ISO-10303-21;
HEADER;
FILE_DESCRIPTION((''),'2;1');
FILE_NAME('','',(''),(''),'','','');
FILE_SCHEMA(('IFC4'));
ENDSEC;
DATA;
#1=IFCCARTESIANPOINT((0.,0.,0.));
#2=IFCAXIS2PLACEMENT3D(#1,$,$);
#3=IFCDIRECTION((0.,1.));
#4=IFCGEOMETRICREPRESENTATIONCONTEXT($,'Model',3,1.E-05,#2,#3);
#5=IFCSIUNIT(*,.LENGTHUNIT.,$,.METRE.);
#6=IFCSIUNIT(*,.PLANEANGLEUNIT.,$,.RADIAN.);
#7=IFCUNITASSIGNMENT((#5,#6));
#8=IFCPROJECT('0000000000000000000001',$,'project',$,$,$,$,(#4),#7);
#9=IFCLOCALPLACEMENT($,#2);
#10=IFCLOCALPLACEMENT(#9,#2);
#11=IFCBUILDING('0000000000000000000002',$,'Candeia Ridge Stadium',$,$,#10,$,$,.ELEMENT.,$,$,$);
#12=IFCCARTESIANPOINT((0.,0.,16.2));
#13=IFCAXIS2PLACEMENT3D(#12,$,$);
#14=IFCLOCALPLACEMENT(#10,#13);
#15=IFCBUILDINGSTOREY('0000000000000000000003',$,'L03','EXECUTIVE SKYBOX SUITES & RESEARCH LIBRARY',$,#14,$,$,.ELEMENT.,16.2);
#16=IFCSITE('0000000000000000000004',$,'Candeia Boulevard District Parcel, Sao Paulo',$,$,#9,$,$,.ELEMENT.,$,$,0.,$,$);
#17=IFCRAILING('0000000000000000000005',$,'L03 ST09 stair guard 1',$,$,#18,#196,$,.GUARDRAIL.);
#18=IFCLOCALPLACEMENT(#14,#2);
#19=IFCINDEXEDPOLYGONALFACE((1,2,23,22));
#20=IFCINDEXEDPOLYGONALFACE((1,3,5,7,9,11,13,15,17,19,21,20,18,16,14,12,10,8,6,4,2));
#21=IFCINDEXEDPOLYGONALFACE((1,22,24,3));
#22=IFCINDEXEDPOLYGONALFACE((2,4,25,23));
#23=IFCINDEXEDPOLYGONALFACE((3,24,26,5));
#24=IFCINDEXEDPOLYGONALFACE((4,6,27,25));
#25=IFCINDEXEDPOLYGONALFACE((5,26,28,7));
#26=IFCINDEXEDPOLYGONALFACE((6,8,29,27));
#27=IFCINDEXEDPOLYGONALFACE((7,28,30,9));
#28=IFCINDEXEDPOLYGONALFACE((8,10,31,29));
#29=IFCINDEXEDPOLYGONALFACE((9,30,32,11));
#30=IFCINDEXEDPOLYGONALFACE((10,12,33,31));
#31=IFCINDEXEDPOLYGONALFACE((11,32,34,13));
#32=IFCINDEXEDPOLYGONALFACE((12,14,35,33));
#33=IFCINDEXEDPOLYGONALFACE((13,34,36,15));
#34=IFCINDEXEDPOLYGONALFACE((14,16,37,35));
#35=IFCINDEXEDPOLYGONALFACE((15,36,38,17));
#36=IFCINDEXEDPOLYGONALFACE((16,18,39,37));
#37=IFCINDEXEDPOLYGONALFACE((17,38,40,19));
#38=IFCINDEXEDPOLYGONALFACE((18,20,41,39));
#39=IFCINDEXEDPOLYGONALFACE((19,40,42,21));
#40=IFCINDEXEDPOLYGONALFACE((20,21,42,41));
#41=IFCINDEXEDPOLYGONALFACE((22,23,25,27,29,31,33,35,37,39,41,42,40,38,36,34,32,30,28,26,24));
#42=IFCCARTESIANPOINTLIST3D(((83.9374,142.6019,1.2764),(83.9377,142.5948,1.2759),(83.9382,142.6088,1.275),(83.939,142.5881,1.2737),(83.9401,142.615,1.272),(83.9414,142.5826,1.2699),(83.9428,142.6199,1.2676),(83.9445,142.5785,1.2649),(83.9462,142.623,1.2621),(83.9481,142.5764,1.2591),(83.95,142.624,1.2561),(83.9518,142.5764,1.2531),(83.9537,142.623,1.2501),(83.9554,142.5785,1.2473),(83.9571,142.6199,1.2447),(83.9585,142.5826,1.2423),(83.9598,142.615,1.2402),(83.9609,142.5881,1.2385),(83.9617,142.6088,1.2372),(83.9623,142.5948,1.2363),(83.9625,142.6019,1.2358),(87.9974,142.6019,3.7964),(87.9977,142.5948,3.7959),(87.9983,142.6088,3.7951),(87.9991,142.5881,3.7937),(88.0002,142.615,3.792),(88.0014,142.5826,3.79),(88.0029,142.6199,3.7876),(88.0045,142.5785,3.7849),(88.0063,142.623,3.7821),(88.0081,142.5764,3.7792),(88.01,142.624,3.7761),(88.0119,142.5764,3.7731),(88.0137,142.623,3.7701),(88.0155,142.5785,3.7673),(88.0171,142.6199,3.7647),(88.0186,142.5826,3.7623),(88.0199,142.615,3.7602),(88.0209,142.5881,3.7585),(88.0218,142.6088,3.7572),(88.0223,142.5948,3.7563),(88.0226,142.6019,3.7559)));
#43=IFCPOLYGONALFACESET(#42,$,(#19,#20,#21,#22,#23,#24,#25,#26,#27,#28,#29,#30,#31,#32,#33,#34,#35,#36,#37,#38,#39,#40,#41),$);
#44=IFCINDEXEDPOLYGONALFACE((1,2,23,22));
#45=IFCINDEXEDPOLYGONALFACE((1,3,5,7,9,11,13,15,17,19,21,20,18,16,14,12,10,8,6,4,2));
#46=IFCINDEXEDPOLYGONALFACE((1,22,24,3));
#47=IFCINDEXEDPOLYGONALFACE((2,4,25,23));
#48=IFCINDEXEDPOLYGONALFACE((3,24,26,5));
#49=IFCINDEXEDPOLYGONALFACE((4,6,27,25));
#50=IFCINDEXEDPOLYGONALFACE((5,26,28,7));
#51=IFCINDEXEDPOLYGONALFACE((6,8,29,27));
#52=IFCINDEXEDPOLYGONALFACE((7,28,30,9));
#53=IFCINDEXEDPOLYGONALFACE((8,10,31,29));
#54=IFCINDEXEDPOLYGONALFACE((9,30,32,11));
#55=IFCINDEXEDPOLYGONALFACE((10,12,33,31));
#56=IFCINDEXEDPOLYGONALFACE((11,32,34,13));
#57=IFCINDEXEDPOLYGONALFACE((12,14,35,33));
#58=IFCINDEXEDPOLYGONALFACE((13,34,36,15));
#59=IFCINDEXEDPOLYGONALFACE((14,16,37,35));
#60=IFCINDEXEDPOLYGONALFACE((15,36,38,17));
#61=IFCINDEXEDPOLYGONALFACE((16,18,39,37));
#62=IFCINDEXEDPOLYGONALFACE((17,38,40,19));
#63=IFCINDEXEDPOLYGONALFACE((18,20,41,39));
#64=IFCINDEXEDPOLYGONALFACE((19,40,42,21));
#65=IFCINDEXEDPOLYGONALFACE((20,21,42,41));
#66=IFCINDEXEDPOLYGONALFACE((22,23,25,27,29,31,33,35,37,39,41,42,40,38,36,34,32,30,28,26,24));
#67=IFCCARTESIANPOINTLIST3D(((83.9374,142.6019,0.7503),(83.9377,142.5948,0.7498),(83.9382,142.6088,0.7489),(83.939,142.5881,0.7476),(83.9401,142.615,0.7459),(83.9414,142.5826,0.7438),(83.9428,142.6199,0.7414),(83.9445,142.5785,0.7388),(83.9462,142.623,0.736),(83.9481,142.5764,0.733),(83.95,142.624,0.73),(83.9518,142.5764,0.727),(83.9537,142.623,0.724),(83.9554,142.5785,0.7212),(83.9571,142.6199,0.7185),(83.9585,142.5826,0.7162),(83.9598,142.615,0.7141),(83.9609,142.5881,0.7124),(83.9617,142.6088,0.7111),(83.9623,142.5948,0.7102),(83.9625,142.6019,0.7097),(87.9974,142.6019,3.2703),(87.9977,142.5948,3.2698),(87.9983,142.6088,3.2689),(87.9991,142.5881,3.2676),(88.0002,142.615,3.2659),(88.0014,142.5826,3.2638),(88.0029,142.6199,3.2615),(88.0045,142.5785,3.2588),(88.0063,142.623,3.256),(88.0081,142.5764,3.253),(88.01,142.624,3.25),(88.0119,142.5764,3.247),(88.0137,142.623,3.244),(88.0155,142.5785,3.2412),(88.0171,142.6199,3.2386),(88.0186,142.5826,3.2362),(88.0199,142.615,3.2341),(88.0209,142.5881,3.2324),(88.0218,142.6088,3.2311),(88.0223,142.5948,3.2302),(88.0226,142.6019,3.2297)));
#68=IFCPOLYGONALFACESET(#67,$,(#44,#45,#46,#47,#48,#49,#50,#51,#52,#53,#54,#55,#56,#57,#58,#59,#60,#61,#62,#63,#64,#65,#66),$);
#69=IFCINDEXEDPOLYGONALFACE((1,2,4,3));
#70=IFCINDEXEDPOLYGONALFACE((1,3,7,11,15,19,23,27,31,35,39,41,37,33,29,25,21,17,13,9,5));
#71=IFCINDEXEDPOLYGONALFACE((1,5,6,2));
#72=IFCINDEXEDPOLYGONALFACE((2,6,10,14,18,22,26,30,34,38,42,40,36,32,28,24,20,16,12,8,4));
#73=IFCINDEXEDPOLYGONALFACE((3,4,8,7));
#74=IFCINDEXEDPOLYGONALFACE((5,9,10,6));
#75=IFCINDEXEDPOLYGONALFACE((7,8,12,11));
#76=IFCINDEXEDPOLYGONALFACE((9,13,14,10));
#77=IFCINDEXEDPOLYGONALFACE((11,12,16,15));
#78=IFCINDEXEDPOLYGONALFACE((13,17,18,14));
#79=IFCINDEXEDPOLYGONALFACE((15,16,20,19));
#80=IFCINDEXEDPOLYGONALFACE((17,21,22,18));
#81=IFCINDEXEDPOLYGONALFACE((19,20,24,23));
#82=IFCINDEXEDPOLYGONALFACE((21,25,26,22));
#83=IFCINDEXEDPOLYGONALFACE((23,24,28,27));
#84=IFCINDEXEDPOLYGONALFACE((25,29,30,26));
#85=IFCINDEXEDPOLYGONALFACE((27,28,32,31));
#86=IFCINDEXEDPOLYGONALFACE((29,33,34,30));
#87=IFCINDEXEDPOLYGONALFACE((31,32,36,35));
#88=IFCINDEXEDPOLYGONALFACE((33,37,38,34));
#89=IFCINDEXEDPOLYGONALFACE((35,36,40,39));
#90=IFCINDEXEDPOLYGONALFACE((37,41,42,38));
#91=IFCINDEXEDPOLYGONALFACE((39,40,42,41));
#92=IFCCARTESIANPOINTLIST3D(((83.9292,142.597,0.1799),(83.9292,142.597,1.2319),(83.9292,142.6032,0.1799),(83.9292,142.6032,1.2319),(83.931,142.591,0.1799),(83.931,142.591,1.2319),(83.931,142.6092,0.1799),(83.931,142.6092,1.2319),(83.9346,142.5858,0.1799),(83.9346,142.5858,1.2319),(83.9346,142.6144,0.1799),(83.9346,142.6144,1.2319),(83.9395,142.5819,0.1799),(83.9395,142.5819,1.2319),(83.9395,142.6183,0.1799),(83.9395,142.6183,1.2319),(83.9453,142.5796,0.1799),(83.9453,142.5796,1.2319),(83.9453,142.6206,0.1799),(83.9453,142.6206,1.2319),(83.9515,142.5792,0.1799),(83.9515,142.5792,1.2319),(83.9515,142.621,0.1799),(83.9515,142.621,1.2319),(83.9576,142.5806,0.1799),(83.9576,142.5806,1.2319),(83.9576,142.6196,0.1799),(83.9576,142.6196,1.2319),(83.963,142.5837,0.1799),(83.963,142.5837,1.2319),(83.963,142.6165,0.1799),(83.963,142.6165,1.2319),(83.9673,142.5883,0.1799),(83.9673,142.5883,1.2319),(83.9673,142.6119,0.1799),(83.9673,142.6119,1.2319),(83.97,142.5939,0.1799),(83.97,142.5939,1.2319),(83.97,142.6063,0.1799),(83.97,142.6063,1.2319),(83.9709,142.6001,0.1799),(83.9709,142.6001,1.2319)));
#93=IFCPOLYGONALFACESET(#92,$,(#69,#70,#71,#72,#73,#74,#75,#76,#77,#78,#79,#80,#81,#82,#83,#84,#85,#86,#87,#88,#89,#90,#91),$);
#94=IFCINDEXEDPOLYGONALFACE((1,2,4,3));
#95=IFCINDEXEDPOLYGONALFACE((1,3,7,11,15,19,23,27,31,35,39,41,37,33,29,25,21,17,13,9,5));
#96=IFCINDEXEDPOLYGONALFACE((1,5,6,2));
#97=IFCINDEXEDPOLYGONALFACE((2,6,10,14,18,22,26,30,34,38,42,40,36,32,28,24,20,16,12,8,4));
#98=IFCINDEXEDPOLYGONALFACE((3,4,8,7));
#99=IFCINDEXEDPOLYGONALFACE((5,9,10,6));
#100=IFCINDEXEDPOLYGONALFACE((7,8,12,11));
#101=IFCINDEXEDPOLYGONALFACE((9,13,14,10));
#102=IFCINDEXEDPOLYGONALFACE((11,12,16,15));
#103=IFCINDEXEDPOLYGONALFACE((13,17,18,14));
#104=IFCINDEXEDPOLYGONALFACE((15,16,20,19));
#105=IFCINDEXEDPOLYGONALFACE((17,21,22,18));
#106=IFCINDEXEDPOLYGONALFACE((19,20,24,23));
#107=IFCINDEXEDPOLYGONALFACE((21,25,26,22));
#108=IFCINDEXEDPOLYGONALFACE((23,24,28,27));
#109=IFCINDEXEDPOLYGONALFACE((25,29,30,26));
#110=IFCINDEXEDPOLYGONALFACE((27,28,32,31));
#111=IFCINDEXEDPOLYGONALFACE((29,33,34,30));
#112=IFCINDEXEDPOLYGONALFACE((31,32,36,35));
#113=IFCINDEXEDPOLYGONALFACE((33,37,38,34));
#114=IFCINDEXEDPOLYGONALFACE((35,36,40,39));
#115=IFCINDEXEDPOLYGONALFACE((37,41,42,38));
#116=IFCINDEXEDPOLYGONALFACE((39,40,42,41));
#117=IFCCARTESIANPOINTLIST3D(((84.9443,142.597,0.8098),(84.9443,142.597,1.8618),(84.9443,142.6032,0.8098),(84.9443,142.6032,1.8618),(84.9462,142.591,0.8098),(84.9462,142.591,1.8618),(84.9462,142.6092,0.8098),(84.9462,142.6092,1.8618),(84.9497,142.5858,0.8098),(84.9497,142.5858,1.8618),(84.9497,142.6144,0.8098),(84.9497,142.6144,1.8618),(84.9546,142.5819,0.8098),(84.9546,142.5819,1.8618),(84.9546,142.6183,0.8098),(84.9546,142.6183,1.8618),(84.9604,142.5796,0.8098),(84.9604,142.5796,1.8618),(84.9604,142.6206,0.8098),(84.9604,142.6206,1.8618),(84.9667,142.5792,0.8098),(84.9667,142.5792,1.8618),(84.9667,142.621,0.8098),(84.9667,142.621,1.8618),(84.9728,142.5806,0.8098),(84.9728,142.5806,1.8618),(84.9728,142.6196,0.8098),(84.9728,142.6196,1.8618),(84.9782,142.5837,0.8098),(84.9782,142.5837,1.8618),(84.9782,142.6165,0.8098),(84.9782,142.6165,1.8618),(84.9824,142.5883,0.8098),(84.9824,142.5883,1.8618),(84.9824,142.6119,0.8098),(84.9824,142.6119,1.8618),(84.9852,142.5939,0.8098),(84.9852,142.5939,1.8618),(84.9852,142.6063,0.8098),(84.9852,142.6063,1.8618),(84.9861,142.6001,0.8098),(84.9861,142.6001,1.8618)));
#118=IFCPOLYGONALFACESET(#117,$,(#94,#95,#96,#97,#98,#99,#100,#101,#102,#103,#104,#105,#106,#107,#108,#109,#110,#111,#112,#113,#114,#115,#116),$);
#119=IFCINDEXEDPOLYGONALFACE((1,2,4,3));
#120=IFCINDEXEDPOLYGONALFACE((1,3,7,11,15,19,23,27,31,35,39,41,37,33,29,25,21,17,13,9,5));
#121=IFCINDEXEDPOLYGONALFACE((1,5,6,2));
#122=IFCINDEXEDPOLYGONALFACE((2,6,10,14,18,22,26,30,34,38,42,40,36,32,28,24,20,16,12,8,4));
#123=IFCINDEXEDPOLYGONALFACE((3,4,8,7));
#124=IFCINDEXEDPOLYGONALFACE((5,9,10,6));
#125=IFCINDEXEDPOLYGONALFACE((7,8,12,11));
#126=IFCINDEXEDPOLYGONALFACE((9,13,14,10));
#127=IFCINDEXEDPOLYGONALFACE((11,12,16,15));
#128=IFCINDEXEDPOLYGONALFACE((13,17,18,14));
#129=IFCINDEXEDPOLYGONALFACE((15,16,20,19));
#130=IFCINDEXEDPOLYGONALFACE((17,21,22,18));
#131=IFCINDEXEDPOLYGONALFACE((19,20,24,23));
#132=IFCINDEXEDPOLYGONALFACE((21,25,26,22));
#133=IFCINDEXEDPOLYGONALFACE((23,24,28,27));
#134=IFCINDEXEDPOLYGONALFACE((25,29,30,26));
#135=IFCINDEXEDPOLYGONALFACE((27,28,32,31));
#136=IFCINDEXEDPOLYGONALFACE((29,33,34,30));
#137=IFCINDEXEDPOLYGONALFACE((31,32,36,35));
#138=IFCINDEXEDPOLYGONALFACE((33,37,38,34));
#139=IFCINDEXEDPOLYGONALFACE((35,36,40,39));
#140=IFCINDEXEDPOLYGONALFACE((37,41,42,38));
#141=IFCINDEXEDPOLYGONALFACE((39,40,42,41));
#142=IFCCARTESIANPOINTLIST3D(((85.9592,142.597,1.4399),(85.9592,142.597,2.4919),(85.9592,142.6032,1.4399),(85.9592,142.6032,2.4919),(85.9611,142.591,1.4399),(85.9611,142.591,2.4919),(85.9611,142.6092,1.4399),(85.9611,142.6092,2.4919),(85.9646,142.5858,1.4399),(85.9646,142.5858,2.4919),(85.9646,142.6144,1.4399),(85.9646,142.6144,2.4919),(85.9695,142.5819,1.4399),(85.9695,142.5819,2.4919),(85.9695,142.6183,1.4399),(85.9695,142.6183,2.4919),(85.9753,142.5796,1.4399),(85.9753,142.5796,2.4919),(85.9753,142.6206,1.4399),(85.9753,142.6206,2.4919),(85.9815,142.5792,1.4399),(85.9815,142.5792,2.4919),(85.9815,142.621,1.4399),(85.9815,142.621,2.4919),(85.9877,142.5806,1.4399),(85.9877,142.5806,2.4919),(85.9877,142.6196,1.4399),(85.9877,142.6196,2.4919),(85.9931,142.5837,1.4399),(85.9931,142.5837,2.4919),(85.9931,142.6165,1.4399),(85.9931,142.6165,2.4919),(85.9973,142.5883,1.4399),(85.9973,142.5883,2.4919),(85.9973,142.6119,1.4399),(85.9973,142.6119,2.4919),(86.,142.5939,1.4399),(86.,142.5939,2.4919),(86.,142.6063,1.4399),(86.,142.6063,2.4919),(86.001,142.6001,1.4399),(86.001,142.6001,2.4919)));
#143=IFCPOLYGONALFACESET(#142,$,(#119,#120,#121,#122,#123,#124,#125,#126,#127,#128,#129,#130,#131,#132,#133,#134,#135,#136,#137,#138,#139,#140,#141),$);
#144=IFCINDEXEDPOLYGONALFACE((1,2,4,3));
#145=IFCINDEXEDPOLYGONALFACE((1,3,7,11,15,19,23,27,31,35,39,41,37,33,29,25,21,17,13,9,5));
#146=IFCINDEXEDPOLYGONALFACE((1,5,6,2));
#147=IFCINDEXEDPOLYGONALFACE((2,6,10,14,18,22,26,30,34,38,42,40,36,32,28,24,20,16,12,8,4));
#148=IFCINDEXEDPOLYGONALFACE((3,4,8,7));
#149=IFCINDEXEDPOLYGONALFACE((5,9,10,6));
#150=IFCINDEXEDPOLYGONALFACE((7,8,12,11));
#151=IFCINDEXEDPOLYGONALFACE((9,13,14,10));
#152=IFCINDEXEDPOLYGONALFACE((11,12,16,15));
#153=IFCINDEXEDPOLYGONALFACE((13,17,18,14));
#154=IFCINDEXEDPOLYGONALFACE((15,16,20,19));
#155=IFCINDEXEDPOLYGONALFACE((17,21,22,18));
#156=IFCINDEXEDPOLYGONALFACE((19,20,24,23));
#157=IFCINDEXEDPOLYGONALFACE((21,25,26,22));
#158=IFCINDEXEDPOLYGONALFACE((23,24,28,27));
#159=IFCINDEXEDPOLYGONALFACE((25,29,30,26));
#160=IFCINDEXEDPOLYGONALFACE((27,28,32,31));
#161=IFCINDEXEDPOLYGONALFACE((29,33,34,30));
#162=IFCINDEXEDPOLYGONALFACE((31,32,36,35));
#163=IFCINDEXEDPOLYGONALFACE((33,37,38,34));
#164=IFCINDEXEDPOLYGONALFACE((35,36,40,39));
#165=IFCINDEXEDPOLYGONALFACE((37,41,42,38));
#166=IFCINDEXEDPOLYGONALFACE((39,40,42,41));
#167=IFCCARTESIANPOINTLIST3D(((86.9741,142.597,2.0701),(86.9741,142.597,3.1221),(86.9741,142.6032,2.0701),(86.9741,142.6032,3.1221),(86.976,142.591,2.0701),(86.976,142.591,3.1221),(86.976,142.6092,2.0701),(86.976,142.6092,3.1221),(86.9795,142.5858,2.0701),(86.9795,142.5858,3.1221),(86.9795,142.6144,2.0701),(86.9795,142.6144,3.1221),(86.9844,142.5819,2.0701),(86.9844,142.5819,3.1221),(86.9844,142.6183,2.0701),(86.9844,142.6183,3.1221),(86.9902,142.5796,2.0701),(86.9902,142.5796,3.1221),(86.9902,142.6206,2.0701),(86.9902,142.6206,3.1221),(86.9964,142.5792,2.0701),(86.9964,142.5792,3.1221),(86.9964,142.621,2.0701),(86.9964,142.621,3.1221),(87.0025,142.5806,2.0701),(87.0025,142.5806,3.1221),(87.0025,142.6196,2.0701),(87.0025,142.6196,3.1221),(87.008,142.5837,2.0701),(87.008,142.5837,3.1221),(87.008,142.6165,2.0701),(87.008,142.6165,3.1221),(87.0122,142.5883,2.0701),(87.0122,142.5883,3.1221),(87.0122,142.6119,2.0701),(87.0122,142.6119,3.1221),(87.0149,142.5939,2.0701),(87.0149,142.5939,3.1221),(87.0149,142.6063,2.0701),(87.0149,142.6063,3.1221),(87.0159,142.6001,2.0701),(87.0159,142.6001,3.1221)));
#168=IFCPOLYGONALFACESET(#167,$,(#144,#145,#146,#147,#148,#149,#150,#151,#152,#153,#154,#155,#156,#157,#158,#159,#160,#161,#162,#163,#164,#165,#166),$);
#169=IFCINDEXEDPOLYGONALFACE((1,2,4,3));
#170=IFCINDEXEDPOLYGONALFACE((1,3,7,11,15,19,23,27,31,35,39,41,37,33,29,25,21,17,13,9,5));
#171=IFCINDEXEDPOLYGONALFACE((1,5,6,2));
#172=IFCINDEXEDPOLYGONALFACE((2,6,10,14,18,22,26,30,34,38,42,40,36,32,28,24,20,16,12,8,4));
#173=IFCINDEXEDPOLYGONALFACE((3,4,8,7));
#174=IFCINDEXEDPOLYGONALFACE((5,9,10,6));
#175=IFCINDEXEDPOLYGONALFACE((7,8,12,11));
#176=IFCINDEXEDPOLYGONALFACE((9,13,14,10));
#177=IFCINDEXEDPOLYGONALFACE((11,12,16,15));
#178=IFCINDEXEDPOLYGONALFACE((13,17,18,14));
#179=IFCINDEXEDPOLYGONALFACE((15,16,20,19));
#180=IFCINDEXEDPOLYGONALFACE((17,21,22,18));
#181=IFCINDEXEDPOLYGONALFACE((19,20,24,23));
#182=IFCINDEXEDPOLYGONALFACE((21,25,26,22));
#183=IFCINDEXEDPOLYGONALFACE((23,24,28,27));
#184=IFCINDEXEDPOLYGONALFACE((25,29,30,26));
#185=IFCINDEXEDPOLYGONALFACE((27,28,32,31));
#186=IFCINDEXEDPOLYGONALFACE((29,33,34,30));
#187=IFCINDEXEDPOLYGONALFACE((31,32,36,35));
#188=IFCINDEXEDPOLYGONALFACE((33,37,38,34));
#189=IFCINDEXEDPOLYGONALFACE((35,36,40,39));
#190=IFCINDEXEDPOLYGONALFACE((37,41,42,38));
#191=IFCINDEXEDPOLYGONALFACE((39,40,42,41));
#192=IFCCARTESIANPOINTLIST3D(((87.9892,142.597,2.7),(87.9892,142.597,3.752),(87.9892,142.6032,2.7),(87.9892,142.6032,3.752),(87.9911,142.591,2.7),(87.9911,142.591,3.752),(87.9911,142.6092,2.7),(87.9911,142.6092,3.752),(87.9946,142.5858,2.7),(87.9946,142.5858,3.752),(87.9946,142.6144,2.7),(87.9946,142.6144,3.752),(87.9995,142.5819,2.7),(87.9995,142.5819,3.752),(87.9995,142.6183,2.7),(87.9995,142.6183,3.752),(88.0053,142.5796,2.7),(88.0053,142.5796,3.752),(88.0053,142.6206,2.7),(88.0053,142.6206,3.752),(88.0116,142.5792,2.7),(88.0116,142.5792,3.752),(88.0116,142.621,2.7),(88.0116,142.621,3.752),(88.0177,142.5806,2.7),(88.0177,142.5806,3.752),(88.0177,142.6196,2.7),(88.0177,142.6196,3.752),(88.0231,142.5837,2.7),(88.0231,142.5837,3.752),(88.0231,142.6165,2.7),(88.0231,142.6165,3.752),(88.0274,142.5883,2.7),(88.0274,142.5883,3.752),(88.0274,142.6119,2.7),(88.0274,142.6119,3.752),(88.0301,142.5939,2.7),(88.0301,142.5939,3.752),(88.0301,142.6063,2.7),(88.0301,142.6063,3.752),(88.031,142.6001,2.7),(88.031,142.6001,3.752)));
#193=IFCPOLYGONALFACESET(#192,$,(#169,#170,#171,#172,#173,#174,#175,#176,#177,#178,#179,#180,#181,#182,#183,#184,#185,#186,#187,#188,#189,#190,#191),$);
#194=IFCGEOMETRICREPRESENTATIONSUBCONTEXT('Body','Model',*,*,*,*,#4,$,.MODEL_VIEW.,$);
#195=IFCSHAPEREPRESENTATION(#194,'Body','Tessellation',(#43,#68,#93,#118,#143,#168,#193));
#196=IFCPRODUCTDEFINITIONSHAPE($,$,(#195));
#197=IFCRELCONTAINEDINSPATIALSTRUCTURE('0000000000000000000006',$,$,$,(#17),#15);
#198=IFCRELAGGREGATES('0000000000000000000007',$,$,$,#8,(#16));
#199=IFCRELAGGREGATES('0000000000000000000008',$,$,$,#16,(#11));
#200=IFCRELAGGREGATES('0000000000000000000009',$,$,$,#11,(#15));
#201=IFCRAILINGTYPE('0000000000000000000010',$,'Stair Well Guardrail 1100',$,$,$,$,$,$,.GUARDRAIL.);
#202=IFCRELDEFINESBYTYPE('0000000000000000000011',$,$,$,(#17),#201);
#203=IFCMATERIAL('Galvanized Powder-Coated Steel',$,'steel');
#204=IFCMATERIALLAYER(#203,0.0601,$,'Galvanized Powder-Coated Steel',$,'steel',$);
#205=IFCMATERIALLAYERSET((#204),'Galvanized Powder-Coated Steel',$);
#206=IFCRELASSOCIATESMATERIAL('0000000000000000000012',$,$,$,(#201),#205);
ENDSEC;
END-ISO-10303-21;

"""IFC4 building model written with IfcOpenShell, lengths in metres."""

from ifc_helpers import new_model, si_unit, direction, frame, origin, origin_2d, place, context, subcontext, project, spatial, circle, extrude, material, layer, layer_set, type_object, element, save


model = new_model("IFC4")

# Units and contexts
model_context = context("Model", 3, precision=1e-05, world=origin(), true_north=direction((0.0, 1.0)))
body_context = subcontext(model_context, "Body", "Model", "MODEL_VIEW")
ifc_project = project(units=[si_unit("LENGTHUNIT", "METRE"), si_unit("PLANEANGLEUNIT", "RADIAN")], contexts=[model_context])

# Site, building, storey
site_placement = place(None, origin())
site = spatial("IfcSite", under=ifc_project, at=site_placement, Name="Candeia Boulevard District Parcel, Sao Paulo", CompositionType="ELEMENT", RefElevation=0.0)
building_placement = place(site_placement, origin())
building = spatial("IfcBuilding", under=site, at=building_placement, Name="Candeia Ridge Stadium", CompositionType="ELEMENT")
storey_placement = place(building_placement, frame((0.0, 0.0, 16.2)))
storey = spatial("IfcBuildingStorey", under=building, at=storey_placement, Name="L03", Description="EXECUTIVE SKYBOX SUITES & RESEARCH LIBRARY", CompositionType="ELEMENT", Elevation=16.2)

# Railing
ifc_material_1 = material(Name="Galvanized Powder-Coated Steel", Category="steel")
ifc_layer_1 = layer(ifc_material_1, 0.0601, Name="Galvanized Powder-Coated Steel", Category="steel")
ifc_layer_set_1 = layer_set([ifc_layer_1], Name="Galvanized Powder-Coated Steel")
railing_type_1 = type_object("IfcRailingType", Name="Stair Well Guardrail 1100", PredefinedType="GUARDRAIL", material=ifc_layer_set_1)
railing_1_placement = place(storey_placement, frame((83.95, 142.6001, 0.1799)))
element("IfcRailing", 1, at=railing_1_placement, inside=storey, type_object=railing_type_1, Name="L03 ST09 stair guard 1", PredefinedType="GUARDRAIL", context=body_context, shape_type="SweptSolid", body=[
    extrude(circle(Radius=0.0239, at=origin_2d()), frame((0.0, 0.0, 1.0762), z_axis=(0.849642, 0.0, 0.52736), x_axis=(0.0, 1.0, 0.0)), (0.0, 0.0, 1.0), 4.7786),
    extrude(circle(Radius=0.0239, at=origin_2d()), frame((0.0, 0.0, 0.55), z_axis=(0.849642, 0.0, 0.52736), x_axis=(0.0, 1.0, 0.0)), (0.0, 0.0, 1.0), 4.7786),
    extrude(circle(Radius=0.021, at=origin_2d()), origin(), (0.0, 0.0, 1.0), 1.052),
    extrude(circle(Radius=0.021, at=origin_2d()), frame((1.0151, 0.0, 0.6299)), (0.0, 0.0, 1.0), 1.052),
    extrude(circle(Radius=0.021, at=origin_2d()), frame((2.03, 0.0, 1.26)), (0.0, 0.0, 1.0), 1.052),
    extrude(circle(Radius=0.021, at=origin_2d()), frame((3.0449, 0.0, 1.8901)), (0.0, 0.0, 1.0), 1.052),
    extrude(circle(Radius=0.021, at=origin_2d()), frame((4.0601, 0.0, 2.52)), (0.0, 0.0, 1.0), 1.052),
])

save(model, "model.ifc")
